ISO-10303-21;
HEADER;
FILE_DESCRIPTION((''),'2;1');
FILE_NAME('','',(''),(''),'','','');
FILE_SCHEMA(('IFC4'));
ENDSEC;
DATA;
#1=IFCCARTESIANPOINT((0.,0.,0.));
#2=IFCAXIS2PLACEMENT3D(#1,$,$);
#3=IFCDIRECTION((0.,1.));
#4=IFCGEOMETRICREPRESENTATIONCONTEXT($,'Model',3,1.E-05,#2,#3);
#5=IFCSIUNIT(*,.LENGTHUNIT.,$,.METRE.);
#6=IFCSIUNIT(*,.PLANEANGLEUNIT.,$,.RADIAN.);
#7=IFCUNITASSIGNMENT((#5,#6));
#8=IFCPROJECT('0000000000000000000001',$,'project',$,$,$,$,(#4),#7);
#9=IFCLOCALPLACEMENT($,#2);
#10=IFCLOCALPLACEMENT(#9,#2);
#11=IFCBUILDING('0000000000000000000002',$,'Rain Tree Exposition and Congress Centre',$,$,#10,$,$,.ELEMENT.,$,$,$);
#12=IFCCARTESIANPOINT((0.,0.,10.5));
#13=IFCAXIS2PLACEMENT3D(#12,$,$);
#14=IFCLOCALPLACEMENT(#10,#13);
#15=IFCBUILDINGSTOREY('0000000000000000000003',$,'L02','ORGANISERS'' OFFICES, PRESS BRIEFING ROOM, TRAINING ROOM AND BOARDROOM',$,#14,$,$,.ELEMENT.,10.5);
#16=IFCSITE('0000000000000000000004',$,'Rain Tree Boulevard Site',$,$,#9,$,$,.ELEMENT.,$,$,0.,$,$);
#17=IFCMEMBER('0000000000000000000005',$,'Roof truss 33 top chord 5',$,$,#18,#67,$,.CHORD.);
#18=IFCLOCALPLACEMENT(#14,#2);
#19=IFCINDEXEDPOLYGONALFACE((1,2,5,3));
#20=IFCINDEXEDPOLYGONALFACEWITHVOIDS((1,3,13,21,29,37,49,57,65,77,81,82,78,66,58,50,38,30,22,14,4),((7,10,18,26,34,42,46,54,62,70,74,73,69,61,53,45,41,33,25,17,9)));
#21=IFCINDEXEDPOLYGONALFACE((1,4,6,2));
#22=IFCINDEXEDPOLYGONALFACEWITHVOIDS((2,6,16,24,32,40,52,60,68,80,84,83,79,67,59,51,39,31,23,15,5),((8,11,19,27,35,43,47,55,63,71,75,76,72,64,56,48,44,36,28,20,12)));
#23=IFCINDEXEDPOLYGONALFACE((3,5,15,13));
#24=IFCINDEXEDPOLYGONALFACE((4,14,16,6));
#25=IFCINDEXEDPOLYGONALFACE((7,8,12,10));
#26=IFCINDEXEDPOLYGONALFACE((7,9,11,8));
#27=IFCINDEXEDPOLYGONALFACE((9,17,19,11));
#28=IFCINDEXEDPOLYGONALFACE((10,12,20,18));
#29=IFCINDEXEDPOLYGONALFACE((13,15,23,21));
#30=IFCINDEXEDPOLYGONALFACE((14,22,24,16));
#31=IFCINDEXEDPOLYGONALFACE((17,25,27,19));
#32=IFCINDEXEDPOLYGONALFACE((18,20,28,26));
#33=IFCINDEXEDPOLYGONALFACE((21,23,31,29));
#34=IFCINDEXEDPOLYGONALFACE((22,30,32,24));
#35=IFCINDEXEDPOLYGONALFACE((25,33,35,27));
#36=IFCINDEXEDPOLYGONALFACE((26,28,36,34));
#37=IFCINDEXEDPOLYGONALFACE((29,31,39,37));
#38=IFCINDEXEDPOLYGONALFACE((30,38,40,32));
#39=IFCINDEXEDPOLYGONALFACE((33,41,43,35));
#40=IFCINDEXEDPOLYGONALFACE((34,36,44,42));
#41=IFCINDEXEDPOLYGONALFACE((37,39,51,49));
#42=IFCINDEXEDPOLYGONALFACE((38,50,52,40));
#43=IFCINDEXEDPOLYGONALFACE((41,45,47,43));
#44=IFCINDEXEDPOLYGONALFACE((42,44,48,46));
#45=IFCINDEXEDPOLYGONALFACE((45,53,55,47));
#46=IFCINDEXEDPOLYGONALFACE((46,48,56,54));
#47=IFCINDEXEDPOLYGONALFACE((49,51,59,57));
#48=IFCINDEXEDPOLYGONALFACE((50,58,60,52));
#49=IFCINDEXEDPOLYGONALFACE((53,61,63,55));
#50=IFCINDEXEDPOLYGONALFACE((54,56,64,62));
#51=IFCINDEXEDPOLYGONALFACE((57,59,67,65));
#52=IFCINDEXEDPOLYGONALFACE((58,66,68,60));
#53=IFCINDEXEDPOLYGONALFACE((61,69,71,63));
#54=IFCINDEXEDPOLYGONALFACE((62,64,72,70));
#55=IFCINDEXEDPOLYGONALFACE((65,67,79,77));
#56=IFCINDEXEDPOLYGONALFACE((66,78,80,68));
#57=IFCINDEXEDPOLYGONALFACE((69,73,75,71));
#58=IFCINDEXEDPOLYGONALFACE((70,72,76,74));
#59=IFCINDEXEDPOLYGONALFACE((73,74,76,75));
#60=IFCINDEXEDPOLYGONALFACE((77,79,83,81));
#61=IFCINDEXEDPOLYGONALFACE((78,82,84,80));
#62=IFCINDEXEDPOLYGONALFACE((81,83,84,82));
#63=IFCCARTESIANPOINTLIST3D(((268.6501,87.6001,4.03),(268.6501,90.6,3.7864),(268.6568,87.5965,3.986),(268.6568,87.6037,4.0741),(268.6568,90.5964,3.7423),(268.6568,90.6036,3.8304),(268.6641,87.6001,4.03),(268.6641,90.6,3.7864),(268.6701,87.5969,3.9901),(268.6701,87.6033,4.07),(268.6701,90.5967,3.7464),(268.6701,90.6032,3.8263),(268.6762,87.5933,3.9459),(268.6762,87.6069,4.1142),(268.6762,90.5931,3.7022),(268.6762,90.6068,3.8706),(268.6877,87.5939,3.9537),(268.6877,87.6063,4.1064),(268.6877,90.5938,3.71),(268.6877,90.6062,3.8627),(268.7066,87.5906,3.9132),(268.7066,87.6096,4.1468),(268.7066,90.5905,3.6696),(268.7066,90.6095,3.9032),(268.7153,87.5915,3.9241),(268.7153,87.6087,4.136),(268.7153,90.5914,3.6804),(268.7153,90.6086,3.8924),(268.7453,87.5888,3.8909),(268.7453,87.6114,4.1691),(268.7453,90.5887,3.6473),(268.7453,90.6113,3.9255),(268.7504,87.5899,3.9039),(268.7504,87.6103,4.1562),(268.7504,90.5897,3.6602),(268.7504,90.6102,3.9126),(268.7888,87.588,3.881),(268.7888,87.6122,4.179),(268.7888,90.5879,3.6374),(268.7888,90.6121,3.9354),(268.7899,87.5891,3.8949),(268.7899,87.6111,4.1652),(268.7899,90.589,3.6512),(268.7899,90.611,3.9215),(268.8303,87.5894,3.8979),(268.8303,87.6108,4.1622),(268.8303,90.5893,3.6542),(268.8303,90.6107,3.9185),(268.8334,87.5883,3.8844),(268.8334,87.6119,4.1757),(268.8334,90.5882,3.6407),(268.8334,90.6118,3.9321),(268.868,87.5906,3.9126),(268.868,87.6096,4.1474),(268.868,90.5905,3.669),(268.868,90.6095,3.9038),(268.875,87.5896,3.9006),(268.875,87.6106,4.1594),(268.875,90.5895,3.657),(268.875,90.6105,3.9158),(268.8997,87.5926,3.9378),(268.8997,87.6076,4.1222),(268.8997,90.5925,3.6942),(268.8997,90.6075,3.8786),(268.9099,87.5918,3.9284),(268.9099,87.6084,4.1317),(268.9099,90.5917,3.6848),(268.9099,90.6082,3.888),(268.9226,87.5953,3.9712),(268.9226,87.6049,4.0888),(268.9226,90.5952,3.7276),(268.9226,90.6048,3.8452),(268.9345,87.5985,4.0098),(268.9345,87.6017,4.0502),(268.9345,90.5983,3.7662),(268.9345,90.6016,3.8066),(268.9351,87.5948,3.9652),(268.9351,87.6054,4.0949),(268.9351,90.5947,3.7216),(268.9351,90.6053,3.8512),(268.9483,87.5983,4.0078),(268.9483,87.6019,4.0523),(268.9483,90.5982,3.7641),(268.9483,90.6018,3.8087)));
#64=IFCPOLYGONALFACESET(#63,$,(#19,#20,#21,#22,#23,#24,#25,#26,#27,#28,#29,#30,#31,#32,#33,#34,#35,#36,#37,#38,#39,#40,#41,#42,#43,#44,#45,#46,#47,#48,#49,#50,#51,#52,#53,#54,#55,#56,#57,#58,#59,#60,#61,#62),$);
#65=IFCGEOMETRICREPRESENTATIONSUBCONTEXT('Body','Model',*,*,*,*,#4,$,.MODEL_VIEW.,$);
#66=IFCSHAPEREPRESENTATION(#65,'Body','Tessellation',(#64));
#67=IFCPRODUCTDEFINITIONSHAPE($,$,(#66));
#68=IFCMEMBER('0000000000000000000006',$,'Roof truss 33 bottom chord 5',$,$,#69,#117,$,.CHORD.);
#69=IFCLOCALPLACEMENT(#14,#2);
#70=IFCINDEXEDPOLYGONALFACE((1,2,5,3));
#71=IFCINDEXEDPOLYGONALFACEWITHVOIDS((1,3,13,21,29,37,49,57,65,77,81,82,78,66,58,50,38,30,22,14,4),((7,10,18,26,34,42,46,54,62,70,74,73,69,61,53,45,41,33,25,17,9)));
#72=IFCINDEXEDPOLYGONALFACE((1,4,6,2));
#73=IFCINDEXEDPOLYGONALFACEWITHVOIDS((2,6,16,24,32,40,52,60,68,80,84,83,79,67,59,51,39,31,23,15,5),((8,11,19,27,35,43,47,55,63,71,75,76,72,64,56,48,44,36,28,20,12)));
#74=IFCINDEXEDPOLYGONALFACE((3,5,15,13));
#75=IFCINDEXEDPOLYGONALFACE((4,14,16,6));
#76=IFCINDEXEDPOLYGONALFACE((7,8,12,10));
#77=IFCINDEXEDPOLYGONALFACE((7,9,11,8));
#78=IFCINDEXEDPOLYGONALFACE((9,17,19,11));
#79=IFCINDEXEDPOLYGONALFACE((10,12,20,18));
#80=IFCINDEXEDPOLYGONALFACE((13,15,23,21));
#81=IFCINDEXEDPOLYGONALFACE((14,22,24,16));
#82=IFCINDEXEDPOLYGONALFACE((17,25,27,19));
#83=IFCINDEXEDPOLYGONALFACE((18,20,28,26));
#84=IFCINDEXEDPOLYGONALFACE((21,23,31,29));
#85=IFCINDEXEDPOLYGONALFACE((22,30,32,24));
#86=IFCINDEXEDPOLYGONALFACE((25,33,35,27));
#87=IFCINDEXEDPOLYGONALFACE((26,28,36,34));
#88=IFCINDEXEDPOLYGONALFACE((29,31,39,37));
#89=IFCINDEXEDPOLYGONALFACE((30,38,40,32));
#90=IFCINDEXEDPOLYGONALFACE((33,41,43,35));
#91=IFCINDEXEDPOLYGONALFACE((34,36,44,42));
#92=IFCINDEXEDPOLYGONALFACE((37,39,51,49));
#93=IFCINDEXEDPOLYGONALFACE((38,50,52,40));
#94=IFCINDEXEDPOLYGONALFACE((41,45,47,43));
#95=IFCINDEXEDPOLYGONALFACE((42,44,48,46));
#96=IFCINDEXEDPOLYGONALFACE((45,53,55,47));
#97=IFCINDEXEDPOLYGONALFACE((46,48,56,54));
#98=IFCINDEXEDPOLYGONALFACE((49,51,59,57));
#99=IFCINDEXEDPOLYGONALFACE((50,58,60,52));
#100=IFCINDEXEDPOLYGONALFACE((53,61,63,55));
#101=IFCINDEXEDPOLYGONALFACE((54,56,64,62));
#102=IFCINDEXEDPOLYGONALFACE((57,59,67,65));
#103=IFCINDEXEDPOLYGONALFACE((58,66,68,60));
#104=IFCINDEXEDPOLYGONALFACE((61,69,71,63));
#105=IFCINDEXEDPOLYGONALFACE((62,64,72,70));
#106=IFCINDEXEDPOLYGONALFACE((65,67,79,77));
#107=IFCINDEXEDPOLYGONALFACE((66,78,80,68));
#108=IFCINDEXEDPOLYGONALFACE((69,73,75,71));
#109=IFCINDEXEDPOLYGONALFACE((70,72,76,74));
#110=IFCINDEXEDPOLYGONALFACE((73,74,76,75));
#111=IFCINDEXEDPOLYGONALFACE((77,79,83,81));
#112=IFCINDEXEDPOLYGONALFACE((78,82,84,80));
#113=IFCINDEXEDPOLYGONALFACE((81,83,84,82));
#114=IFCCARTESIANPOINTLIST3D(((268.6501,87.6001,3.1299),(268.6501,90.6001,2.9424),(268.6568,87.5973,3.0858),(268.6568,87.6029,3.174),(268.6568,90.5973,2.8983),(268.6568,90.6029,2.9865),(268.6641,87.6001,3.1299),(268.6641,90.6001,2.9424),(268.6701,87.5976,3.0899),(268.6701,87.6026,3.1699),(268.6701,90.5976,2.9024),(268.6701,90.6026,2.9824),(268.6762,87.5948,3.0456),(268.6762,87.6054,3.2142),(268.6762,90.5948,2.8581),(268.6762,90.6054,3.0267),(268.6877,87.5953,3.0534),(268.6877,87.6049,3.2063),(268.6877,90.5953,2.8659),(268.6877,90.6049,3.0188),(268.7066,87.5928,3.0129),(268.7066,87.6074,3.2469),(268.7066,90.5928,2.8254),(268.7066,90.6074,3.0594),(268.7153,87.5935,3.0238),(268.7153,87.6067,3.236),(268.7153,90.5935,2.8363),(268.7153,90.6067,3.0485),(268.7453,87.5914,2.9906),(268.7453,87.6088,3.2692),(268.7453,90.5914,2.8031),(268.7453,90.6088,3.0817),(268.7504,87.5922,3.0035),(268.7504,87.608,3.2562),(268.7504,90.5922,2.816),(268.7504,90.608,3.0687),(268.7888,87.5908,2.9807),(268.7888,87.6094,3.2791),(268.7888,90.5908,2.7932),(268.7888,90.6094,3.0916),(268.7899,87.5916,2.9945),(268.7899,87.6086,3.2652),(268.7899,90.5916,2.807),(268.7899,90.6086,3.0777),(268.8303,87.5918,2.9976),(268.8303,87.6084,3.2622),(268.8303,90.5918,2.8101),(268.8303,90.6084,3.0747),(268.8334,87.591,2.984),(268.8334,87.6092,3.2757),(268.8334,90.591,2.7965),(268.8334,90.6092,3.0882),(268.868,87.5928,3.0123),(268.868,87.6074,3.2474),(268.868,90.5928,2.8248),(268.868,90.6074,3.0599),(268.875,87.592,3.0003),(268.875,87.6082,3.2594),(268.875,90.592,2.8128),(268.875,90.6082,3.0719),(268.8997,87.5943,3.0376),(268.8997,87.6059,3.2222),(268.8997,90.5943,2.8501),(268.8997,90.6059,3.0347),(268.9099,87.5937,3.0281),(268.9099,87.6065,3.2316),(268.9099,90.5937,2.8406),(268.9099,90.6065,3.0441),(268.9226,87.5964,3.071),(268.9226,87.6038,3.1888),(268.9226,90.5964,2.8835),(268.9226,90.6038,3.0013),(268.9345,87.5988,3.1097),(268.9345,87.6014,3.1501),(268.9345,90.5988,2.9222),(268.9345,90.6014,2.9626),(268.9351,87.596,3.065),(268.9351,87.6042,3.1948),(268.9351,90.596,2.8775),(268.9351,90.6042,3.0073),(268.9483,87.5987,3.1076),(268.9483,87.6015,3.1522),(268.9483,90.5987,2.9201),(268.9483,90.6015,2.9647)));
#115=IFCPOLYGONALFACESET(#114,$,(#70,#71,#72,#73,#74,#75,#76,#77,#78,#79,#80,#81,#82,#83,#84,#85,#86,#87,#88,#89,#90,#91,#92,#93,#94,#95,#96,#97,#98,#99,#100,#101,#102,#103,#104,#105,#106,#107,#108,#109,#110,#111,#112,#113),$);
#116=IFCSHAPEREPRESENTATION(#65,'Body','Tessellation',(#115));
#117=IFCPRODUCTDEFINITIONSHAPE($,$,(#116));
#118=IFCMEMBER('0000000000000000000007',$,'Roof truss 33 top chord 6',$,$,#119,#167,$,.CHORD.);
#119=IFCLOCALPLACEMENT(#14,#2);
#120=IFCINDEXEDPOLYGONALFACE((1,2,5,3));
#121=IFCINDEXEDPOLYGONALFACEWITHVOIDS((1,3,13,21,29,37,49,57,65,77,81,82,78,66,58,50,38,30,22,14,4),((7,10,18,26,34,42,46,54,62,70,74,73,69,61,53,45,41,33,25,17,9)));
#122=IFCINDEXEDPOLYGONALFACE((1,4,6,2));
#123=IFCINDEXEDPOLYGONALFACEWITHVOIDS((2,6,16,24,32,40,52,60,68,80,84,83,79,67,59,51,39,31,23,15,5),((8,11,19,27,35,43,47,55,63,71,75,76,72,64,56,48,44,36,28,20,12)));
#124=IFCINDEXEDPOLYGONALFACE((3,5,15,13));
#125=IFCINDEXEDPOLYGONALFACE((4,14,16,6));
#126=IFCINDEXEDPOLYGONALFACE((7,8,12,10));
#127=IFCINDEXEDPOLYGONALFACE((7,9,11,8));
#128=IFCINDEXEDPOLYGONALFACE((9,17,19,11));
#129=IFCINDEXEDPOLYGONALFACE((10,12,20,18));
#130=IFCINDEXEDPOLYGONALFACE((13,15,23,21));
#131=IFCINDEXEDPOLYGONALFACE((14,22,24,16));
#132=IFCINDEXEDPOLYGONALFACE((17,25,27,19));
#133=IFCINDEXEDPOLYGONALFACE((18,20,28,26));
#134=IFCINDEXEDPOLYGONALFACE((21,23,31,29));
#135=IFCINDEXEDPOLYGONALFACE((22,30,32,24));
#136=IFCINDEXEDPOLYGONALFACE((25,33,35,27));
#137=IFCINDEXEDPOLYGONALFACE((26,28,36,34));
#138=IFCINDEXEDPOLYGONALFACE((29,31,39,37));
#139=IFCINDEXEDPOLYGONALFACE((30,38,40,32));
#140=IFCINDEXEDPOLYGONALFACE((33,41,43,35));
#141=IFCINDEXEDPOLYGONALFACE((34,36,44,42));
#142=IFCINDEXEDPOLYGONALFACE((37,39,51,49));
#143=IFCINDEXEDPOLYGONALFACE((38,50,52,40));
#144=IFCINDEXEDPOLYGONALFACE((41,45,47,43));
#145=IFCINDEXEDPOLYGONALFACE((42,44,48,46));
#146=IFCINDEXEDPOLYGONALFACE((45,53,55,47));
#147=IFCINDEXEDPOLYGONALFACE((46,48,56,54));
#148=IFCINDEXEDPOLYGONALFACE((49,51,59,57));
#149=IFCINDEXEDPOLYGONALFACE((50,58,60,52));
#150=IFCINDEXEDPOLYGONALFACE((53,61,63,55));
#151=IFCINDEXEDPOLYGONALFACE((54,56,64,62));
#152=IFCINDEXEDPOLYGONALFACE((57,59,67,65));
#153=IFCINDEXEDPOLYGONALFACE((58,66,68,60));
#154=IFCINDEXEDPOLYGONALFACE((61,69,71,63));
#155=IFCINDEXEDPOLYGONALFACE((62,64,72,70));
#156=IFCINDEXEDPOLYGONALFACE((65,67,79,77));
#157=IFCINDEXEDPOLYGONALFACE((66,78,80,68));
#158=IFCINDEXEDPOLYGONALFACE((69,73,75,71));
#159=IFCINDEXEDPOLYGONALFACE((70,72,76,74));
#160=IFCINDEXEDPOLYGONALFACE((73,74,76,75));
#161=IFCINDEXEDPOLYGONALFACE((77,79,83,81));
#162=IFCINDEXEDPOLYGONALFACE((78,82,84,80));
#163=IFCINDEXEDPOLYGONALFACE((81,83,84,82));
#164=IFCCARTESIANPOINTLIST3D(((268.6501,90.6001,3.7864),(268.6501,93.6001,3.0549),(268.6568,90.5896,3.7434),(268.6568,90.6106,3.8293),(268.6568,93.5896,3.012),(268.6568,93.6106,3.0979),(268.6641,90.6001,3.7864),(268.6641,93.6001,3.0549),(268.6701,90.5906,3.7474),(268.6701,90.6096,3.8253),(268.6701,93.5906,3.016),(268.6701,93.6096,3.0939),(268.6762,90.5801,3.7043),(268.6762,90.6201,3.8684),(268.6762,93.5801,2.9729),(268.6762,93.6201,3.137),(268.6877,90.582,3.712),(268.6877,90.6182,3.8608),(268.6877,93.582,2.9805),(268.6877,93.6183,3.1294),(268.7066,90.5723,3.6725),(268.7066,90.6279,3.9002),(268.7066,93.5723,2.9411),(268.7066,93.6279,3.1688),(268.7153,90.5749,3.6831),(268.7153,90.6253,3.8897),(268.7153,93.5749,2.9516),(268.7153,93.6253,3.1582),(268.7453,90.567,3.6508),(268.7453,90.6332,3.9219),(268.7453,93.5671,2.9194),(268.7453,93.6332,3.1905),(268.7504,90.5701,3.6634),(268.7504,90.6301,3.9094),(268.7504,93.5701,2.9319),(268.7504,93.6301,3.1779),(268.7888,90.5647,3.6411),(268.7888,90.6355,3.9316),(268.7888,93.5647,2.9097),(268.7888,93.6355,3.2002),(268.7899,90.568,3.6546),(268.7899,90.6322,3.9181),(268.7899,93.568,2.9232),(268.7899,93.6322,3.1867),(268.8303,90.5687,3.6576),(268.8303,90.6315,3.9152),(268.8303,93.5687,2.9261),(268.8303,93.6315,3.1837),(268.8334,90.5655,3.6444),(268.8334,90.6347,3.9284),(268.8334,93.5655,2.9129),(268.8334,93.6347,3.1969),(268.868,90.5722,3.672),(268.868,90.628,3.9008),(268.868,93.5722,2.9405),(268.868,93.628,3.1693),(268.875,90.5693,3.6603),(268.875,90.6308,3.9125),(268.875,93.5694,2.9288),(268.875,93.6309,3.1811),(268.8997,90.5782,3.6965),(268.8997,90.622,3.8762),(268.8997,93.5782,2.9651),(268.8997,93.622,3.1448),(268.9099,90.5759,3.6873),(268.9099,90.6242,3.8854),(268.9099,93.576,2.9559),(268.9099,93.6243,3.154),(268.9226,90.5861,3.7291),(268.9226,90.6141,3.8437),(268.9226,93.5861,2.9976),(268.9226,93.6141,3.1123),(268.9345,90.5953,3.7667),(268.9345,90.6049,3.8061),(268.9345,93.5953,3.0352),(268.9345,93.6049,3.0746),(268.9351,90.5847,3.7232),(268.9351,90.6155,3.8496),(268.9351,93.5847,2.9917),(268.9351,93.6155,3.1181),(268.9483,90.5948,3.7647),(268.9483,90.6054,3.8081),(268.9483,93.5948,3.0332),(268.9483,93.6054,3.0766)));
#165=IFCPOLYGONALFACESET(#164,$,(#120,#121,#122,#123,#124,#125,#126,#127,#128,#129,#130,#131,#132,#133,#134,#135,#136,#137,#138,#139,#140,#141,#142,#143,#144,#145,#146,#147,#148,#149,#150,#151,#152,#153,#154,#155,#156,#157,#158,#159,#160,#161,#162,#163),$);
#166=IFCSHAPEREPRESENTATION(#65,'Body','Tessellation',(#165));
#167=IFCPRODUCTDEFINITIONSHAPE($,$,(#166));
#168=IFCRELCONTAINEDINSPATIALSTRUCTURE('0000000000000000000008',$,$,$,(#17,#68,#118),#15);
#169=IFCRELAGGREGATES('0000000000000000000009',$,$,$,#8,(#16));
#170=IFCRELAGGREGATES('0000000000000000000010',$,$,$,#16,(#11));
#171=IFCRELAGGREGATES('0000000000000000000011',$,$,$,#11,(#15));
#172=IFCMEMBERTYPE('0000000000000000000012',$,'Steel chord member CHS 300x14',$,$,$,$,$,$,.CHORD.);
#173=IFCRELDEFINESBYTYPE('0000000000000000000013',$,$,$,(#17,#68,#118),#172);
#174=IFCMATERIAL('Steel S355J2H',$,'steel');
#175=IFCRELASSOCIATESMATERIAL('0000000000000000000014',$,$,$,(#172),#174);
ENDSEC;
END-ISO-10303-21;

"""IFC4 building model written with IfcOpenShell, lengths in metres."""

from ifc_helpers import new_model, si_unit, direction, frame, origin, origin_2d, place, context, subcontext, project, spatial, hollow_circle, extrude, material, material_profile, profile_set, type_object, element, save


model = new_model("IFC4")

# Units and contexts
model_context = context("Model", 3, precision=1e-05, world=origin(), true_north=direction((0.0, 1.0)))
body_context = subcontext(model_context, "Body", "Model", "MODEL_VIEW")
ifc_project = project(units=[si_unit("LENGTHUNIT", "METRE"), si_unit("PLANEANGLEUNIT", "RADIAN")], contexts=[model_context])

# Site, building, storey
site_placement = place(None, origin())
site = spatial("IfcSite", under=ifc_project, at=site_placement, Name="Rain Tree Boulevard Site", CompositionType="ELEMENT", RefElevation=0.0)
building_placement = place(site_placement, origin())
building = spatial("IfcBuilding", under=site, at=building_placement, Name="Rain Tree Exposition and Congress Centre", CompositionType="ELEMENT")
storey_placement = place(building_placement, frame((0.0, 0.0, 10.5)))
storey = spatial("IfcBuildingStorey", under=building, at=storey_placement, Name="L02", Description="ORGANISERS' OFFICES, PRESS BRIEFING ROOM, TRAINING ROOM AND BOARDROOM", CompositionType="ELEMENT", Elevation=10.5)

# Members
ifc_material_1 = material(Name="Steel S355J2H", Category="steel")
ifc_material_profile_1 = material_profile(ifc_material_1, hollow_circle(Radius=0.1499, WallThickness=0.0139, at=origin_2d()), Name="CHS 300x14")
ifc_profile_set_1 = profile_set([ifc_material_profile_1], Name="Steel S355J2H")
member_type_1 = type_object("IfcMemberType", Name="Steel chord member CHS 300x14", PredefinedType="CHORD", material=ifc_profile_set_1)
member_1_placement = place(storey_placement, frame((268.8, 87.6001, 4.03), z_axis=(0.0, 0.996718, -0.080951), x_axis=(-1.0, 0.0, 0.0)))
element("IfcMember", 1, at=member_1_placement, inside=storey, type_object=member_type_1, Name="Roof truss 33 top chord 5", PredefinedType="CHORD", context=body_context, shape_type="SweptSolid", body=[
    extrude(hollow_circle(Radius=0.1499, WallThickness=0.0139, at=origin_2d()), origin(), (0.0, 0.0, 1.0), 3.0098),
])
member_2_placement = place(storey_placement, frame((268.8, 87.6001, 3.1299), z_axis=(0.0, 0.998053, -0.062378), x_axis=(-1.0, 0.0, 0.0)))
element("IfcMember", 2, at=member_2_placement, inside=storey, type_object=member_type_1, Name="Roof truss 33 bottom chord 5", PredefinedType="CHORD", context=body_context, shape_type="SweptSolid", body=[
    extrude(hollow_circle(Radius=0.1499, WallThickness=0.0139, at=origin_2d()), origin(), (0.0, 0.0, 1.0), 3.0059),
])
member_3_placement = place(storey_placement, frame((268.8, 90.6001, 3.7864), z_axis=(0.0, 0.97154, -0.236876), x_axis=(-1.0, 0.0, 0.0)))
element("IfcMember", 3, at=member_3_placement, inside=storey, type_object=member_type_1, Name="Roof truss 33 top chord 6", PredefinedType="CHORD", context=body_context, shape_type="SweptSolid", body=[
    extrude(hollow_circle(Radius=0.1499, WallThickness=0.0139, at=origin_2d()), origin(), (0.0, 0.0, 1.0), 3.0879),
])

save(model, "model.ifc")
